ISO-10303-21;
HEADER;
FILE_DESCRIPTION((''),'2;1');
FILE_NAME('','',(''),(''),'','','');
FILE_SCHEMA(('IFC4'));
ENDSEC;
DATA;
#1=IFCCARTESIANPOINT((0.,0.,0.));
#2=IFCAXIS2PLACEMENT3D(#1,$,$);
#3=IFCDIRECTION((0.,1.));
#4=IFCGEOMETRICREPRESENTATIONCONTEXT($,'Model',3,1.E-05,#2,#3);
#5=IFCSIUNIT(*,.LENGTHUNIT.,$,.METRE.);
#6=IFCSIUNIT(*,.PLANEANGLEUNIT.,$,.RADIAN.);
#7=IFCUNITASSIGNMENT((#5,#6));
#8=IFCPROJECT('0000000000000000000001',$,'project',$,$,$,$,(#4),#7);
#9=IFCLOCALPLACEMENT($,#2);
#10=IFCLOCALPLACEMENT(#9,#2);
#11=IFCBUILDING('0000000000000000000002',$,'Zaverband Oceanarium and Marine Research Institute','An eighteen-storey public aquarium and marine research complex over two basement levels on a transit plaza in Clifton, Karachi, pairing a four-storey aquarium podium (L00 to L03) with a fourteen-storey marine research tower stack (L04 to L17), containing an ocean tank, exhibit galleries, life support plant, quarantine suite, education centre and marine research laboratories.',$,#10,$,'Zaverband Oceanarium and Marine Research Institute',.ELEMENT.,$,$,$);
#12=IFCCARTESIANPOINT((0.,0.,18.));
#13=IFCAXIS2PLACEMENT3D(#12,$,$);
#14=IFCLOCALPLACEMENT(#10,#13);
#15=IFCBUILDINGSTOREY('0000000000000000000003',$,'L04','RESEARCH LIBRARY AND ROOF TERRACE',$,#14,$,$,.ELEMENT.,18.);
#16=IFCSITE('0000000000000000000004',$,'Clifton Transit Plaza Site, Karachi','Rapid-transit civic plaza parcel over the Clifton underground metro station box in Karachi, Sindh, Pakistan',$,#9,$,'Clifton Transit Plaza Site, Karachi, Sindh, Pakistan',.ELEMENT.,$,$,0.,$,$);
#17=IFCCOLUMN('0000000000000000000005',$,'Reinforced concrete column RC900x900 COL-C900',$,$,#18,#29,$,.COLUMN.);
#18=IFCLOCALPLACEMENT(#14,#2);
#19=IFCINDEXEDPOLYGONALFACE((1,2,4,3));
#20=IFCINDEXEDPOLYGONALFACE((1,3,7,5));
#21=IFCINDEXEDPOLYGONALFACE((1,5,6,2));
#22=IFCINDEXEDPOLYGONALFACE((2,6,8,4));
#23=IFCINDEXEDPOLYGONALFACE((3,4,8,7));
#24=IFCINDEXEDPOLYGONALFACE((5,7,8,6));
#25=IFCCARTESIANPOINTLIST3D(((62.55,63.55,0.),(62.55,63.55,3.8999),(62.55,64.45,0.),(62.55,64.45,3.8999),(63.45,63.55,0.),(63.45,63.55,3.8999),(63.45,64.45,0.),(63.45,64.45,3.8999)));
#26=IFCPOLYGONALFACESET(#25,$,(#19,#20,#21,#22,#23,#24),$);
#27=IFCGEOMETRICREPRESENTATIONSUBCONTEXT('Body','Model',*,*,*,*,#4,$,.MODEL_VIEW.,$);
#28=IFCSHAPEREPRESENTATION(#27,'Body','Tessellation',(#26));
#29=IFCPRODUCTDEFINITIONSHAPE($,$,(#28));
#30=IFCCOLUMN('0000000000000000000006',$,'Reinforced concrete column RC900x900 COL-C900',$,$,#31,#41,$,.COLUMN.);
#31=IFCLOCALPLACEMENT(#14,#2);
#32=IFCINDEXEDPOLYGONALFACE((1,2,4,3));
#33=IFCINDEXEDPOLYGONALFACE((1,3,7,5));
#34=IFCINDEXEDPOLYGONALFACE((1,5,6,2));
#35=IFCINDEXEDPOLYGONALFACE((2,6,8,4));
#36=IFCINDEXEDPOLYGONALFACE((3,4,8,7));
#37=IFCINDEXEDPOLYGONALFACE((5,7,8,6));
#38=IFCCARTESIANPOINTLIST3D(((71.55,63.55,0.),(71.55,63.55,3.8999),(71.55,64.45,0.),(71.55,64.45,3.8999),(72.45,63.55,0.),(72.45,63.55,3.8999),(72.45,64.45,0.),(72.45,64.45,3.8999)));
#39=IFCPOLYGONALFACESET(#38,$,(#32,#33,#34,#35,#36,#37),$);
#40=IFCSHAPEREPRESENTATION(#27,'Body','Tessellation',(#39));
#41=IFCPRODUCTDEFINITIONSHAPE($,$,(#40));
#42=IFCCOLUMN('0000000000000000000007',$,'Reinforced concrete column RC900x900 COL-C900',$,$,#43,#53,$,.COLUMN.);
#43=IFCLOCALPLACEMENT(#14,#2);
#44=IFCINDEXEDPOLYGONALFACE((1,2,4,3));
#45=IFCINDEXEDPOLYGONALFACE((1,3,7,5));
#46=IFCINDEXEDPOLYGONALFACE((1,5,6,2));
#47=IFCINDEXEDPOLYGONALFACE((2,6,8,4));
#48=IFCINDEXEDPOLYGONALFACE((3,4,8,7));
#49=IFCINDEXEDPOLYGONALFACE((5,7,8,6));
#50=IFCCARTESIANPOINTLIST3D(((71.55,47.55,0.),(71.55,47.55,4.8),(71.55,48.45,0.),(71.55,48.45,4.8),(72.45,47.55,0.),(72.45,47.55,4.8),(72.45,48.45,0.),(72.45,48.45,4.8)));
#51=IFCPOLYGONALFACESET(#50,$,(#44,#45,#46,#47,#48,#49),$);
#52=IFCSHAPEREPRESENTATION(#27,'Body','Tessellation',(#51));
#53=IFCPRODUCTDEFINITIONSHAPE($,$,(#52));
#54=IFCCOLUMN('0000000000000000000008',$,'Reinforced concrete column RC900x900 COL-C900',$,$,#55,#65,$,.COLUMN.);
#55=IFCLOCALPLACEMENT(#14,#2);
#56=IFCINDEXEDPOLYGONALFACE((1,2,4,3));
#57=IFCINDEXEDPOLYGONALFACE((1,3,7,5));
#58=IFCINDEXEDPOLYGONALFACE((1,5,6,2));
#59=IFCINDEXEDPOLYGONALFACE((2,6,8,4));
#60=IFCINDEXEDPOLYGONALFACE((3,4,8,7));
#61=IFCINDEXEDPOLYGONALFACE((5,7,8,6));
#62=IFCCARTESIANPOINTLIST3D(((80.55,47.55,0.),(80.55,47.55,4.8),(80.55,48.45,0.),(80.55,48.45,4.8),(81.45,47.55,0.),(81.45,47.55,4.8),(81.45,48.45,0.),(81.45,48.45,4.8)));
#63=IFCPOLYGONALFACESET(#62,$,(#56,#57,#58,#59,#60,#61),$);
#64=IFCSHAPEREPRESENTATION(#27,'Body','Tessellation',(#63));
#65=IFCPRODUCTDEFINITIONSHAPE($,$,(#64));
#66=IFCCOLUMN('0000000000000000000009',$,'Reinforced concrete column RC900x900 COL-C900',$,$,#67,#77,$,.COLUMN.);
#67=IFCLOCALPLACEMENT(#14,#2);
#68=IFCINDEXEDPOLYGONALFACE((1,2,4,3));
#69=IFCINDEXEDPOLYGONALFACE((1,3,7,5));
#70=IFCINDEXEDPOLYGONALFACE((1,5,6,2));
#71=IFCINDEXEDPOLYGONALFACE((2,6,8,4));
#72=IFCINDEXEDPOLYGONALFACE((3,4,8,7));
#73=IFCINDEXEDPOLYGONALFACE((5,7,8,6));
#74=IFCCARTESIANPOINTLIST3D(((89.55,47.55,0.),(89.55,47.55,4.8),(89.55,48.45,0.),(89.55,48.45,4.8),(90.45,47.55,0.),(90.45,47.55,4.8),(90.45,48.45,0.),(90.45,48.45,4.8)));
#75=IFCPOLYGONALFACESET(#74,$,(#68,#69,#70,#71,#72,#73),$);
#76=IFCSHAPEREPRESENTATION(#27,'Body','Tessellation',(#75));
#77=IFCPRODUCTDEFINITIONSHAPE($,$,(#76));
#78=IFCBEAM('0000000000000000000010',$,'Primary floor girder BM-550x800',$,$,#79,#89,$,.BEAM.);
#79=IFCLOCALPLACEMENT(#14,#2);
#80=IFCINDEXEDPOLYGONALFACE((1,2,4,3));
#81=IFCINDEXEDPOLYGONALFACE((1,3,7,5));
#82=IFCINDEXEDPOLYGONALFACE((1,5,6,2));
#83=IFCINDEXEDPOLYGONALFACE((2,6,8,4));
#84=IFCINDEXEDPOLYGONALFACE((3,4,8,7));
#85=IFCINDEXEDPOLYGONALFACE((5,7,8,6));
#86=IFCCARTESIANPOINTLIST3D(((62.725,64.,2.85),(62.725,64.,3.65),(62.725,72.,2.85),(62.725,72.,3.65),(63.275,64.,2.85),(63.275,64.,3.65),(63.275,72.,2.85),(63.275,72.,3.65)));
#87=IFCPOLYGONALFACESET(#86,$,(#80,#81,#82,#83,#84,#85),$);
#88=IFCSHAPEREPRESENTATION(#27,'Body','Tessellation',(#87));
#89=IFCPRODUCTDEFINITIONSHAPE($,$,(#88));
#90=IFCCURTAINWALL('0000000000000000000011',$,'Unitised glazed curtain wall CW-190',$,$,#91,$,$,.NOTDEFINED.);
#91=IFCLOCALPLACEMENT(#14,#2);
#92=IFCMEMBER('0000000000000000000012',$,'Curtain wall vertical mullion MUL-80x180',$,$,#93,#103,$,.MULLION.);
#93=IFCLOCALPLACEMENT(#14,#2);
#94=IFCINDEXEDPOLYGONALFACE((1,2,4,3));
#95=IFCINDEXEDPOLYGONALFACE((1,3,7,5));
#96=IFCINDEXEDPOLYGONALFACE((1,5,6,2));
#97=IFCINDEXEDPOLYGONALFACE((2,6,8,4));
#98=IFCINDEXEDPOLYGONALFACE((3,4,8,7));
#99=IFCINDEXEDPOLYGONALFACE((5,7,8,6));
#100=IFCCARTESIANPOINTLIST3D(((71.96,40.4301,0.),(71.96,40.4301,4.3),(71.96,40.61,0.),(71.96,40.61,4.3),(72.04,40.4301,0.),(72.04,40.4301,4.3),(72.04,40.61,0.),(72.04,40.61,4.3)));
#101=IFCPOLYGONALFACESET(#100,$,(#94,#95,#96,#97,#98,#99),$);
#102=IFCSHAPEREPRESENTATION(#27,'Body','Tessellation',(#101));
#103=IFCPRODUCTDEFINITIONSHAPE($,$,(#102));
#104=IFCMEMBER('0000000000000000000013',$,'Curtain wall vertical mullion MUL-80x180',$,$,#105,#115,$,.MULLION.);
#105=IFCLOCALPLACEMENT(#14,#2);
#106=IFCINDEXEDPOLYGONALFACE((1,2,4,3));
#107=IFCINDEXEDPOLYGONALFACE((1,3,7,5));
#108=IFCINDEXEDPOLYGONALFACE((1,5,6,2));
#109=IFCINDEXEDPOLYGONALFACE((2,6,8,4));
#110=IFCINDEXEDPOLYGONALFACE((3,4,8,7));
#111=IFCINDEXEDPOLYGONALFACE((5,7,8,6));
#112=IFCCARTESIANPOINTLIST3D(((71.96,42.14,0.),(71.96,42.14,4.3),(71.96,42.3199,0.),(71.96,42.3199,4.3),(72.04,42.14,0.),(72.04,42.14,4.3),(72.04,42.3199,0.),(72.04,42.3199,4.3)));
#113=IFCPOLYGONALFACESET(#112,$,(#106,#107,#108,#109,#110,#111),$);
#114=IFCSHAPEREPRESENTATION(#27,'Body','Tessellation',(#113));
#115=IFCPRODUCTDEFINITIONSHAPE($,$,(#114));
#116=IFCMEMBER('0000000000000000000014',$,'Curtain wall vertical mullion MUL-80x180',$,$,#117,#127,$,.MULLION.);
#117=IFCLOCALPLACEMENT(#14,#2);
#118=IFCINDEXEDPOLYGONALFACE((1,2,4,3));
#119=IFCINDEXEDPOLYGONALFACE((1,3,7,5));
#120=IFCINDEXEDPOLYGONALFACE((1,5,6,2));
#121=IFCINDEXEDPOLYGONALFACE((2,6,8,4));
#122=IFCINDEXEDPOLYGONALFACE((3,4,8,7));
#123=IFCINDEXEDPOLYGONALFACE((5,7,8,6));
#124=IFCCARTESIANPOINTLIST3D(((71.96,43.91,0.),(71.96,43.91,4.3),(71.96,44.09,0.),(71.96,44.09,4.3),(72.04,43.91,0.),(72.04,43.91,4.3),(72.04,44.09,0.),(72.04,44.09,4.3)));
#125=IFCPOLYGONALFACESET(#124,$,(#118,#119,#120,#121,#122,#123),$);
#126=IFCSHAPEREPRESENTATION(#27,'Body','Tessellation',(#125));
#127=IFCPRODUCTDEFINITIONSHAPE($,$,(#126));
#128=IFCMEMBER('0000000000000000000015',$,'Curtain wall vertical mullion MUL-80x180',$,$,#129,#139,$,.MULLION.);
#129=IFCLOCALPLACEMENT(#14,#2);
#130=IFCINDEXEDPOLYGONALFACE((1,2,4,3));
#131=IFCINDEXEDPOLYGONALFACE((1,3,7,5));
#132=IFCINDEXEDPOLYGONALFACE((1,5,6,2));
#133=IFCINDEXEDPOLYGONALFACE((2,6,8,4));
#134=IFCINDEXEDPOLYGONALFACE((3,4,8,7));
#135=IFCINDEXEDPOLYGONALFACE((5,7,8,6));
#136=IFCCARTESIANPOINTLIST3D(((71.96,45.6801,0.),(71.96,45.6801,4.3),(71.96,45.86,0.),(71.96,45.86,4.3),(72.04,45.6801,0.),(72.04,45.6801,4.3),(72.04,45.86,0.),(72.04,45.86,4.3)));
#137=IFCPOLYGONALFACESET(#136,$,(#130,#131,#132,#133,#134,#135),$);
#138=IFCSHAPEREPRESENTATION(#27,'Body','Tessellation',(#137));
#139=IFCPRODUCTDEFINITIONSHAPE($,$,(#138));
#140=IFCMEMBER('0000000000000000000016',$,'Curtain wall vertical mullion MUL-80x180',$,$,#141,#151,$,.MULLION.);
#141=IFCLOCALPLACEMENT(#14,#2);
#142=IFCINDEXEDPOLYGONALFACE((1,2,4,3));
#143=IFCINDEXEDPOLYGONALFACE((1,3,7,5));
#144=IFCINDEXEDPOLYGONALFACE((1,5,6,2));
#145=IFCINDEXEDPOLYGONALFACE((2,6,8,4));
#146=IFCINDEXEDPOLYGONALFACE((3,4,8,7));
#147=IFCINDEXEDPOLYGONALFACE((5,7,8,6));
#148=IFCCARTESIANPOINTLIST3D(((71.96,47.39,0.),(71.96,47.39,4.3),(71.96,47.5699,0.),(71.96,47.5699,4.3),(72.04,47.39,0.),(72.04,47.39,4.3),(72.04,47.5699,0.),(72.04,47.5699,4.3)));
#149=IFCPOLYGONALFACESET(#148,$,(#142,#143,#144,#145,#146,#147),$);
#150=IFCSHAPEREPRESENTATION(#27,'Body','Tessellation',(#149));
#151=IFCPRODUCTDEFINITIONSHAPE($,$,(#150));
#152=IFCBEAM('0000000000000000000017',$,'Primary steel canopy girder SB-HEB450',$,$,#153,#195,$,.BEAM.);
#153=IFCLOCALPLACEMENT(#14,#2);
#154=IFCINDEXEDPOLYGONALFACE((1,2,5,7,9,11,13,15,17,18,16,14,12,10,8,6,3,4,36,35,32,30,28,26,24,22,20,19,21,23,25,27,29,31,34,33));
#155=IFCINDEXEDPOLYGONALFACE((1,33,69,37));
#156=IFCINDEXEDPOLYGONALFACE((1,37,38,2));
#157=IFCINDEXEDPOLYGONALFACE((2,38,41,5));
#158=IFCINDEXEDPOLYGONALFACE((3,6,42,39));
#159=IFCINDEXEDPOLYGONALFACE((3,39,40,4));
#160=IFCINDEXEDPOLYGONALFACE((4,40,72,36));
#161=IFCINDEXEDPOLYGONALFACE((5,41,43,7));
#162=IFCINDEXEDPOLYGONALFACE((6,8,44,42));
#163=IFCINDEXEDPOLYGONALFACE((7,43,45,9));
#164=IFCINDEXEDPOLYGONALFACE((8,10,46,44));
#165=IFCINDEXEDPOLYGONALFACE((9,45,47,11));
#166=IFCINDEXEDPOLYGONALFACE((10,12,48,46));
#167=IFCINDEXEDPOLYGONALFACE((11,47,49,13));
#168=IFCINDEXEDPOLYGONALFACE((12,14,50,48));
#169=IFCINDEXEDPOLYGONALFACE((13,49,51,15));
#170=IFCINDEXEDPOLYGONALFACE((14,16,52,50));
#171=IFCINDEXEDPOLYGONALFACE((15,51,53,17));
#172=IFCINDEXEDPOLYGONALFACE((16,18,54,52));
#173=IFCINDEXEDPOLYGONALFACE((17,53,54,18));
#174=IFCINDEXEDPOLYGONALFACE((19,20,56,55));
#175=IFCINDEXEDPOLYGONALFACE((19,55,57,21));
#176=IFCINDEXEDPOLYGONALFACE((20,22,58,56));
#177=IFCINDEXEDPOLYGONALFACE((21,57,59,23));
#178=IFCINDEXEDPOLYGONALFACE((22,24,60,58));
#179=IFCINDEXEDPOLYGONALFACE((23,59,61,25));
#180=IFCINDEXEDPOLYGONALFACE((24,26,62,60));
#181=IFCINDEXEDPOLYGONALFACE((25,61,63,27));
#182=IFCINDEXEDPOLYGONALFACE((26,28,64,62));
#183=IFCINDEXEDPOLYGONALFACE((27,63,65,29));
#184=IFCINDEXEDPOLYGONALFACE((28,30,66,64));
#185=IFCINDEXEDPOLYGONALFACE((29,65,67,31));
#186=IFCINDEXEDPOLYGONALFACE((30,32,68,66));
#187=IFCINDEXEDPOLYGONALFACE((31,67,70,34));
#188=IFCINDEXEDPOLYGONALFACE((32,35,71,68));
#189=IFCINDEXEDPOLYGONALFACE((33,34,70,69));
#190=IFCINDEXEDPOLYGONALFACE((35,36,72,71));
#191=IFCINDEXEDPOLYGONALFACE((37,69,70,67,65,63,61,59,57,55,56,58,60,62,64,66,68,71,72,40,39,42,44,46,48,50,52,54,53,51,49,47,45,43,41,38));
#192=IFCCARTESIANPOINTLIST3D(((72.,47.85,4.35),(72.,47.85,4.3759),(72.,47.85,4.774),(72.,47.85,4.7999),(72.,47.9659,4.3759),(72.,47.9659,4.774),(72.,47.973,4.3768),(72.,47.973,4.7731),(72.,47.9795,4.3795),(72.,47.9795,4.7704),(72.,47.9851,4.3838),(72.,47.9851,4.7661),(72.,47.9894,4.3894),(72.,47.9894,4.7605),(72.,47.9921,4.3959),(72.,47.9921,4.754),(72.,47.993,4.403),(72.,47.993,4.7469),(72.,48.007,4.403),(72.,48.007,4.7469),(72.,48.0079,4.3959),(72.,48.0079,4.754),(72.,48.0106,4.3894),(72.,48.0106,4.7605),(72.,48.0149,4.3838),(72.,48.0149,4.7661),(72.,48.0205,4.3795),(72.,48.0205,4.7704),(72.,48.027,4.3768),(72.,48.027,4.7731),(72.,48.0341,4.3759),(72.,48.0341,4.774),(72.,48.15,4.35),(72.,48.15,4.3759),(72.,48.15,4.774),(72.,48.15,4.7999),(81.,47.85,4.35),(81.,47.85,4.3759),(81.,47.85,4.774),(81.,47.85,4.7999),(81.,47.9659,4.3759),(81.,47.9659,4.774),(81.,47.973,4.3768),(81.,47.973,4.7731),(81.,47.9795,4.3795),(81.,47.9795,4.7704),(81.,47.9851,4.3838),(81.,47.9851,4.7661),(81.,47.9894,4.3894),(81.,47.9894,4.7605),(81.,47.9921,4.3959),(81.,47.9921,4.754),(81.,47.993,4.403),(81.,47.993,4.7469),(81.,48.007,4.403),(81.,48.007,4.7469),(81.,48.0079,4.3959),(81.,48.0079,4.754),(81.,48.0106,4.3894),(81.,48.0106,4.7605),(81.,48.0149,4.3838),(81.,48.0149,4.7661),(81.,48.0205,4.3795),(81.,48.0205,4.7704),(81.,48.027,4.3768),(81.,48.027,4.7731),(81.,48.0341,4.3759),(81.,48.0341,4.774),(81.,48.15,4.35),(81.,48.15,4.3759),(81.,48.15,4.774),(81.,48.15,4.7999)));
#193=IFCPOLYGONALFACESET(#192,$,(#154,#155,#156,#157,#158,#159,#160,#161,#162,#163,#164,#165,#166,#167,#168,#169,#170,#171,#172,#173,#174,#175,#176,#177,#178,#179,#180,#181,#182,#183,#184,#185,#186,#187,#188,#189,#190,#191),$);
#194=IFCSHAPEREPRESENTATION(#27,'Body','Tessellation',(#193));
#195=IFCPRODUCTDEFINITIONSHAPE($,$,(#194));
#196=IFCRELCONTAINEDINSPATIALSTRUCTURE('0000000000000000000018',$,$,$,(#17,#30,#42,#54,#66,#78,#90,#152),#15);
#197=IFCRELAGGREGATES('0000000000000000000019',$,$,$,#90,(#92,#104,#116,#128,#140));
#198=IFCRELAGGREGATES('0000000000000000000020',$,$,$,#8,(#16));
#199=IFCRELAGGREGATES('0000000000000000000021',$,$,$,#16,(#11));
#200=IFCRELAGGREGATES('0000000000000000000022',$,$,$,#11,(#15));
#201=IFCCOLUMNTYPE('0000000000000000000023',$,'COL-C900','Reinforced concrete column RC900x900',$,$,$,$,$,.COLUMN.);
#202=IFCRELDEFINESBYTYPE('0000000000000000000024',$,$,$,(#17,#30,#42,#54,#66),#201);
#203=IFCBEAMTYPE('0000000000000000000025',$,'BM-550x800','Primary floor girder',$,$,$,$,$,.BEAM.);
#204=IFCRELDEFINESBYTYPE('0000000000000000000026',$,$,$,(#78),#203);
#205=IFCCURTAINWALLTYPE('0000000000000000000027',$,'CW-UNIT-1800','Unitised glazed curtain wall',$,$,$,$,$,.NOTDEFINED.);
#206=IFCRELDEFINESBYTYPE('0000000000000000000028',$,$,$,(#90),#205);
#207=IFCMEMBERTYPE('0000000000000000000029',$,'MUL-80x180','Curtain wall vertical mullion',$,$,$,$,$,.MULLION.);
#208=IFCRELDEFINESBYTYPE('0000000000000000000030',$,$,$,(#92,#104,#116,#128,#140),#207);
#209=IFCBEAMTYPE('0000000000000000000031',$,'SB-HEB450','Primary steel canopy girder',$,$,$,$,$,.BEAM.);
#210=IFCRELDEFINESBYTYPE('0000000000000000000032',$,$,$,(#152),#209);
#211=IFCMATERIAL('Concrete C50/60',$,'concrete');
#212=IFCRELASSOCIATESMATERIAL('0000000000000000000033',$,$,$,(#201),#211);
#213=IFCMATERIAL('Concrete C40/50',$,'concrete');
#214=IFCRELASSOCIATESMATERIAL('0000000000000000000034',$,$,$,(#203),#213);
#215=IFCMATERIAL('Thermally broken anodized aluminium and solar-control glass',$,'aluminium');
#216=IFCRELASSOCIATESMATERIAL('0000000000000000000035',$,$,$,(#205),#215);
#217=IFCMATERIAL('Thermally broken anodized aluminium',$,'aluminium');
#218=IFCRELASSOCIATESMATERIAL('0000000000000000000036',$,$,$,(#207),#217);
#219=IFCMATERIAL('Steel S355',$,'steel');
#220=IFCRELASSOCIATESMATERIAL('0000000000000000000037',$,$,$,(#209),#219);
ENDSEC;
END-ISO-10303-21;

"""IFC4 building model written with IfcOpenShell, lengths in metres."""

from ifc_helpers import new_model, si_unit, direction, frame, origin, origin_2d, place, context, subcontext, project, spatial, rectangle, i_section, extrude, material, material_profile, profile_set, type_object, element, aggregate, save


model = new_model("IFC4")

# Units and contexts
model_context = context("Model", 3, precision=1e-05, world=origin(), true_north=direction((0.0, 1.0)))
body_context = subcontext(model_context, "Body", "Model", "MODEL_VIEW")
ifc_project = project(units=[si_unit("LENGTHUNIT", "METRE"), si_unit("PLANEANGLEUNIT", "RADIAN")], contexts=[model_context])

# Site, building, storey
site_placement = place(None, origin())
site = spatial("IfcSite", under=ifc_project, at=site_placement, Name="Clifton Transit Plaza Site, Karachi", Description="Rapid-transit civic plaza parcel over the Clifton underground metro station box in Karachi, Sindh, Pakistan", LongName="Clifton Transit Plaza Site, Karachi, Sindh, Pakistan", CompositionType="ELEMENT", RefElevation=0.0)
building_placement = place(site_placement, origin())
building = spatial("IfcBuilding", under=site, at=building_placement, Name="Zaverband Oceanarium and Marine Research Institute", Description="An eighteen-storey public aquarium and marine research complex over two basement levels on a transit plaza in Clifton, Karachi, pairing a four-storey aquarium podium (L00 to L03) with a fourteen-storey marine research tower stack (L04 to L17), containing an ocean tank, exhibit galleries, life support plant, quarantine suite, education centre and marine research laboratories.", LongName="Zaverband Oceanarium and Marine Research Institute", CompositionType="ELEMENT")
storey_placement = place(building_placement, frame((0.0, 0.0, 18.0)))
storey = spatial("IfcBuildingStorey", under=building, at=storey_placement, Name="L04", Description="RESEARCH LIBRARY AND ROOF TERRACE", CompositionType="ELEMENT", Elevation=18.0)

# Columns
ifc_material_1 = material(Name="Concrete C50/60", Category="concrete")
ifc_material_profile_1 = material_profile(ifc_material_1, rectangle(XDim=0.8999, YDim=0.8999, at=origin_2d()), Name="RC900x900")
ifc_profile_set_1 = profile_set([ifc_material_profile_1], Name="Concrete C50/60")
column_type = type_object("IfcColumnType", Name="COL-C900", Description="Reinforced concrete column RC900x900", PredefinedType="COLUMN", material=ifc_profile_set_1)
for number, where, z_axis, x_axis, name in (
    (1, (63.0, 64.0, 0.0), (0.0, 0.0, 1.0), (1.0, 0.0, 0.0), "Reinforced concrete column RC900x900 COL-C900"),
    (2, (72.0, 64.0, 0.0), (0.0, 0.0, 1.0), (1.0, 0.0, 0.0), "Reinforced concrete column RC900x900 COL-C900"),
):
    element("IfcColumn", number, at=place(storey_placement, frame(where, z_axis=z_axis, x_axis=x_axis)), inside=storey, type_object=column_type, Name=name, PredefinedType="COLUMN", context=body_context, shape_type="SweptSolid", body=[
        extrude(rectangle(XDim=0.8999, YDim=0.8999, at=origin_2d()), origin(), (0.0, 0.0, 1.0), 3.8999),
    ])
for number, where, z_axis, x_axis, name in (
    (3, (72.0, 48.0, 0.0), (0.0, 0.0, 1.0), (1.0, 0.0, 0.0), "Reinforced concrete column RC900x900 COL-C900"),
    (4, (81.0, 48.0, 0.0), (0.0, 0.0, 1.0), (1.0, 0.0, 0.0), "Reinforced concrete column RC900x900 COL-C900"),
    (5, (90.0, 48.0, 0.0), (0.0, 0.0, 1.0), (1.0, 0.0, 0.0), "Reinforced concrete column RC900x900 COL-C900"),
):
    element("IfcColumn", number, at=place(storey_placement, frame(where, z_axis=z_axis, x_axis=x_axis)), inside=storey, type_object=column_type, Name=name, PredefinedType="COLUMN", context=body_context, shape_type="SweptSolid", body=[
        extrude(rectangle(XDim=0.8999, YDim=0.8999, at=origin_2d()), origin(), (0.0, 0.0, 1.0), 4.8),
    ])

# Beam
ifc_material_2 = material(Name="Concrete C40/50", Category="concrete")
ifc_material_profile_2 = material_profile(ifc_material_2, rectangle(XDim=0.55, YDim=0.8, at=origin_2d()), Name="RC550x800")
ifc_profile_set_2 = profile_set([ifc_material_profile_2], Name="Concrete C40/50")
beam_type_1 = type_object("IfcBeamType", Name="BM-550x800", Description="Primary floor girder", PredefinedType="BEAM", material=ifc_profile_set_2)
beam_1_placement = place(storey_placement, frame((63.0, 64.0, 3.25), z_axis=(0.0, 1.0, 0.0), x_axis=(-1.0, 0.0, 0.0)))
element("IfcBeam", 6, at=beam_1_placement, inside=storey, type_object=beam_type_1, Name="Primary floor girder BM-550x800", PredefinedType="BEAM", context=body_context, shape_type="SweptSolid", body=[
    extrude(rectangle(XDim=0.55, YDim=0.8, at=origin_2d()), origin(), (0.0, 0.0, 1.0), 8.0),
])

# Curtain wall, members
ifc_material_3 = material(Name="Thermally broken anodized aluminium and solar-control glass", Category="aluminium")
curtain_wall_type = type_object("IfcCurtainWallType", Name="CW-UNIT-1800", Description="Unitised glazed curtain wall", PredefinedType="NOTDEFINED", material=ifc_material_3)
curtain_wall_placement = place(storey_placement, origin())
curtain_wall = element("IfcCurtainWall", 7, at=curtain_wall_placement, inside=storey, type_object=curtain_wall_type, Name="Unitised glazed curtain wall CW-190", PredefinedType="NOTDEFINED")
ifc_material_4 = material(Name="Thermally broken anodized aluminium", Category="aluminium")
ifc_material_profile_3 = material_profile(ifc_material_4, rectangle(XDim=0.0801, YDim=0.1799, at=origin_2d()), Name="AL-MUL-80x180")
ifc_profile_set_3 = profile_set([ifc_material_profile_3], Name="Thermally broken anodized aluminium")
member_type_1 = type_object("IfcMemberType", Name="MUL-80x180", Description="Curtain wall vertical mullion", PredefinedType="MULLION", material=ifc_profile_set_3)
member_1_placement = place(storey_placement, frame((72.0, 40.52, 0.0), z_axis=(0.0, 0.0, 1.0), x_axis=(1.0, 0.0, 0.0)))
member_1 = element("IfcMember", 8, at=member_1_placement, type_object=member_type_1, Name="Curtain wall vertical mullion MUL-80x180", PredefinedType="MULLION", context=body_context, shape_type="SweptSolid", body=[
    extrude(rectangle(XDim=0.0801, YDim=0.1799, at=origin_2d()), origin(), (0.0, 0.0, 1.0), 4.3),
])
member_2_placement = place(storey_placement, frame((72.0, 42.23, 0.0), z_axis=(0.0, 0.0, 1.0), x_axis=(1.0, 0.0, 0.0)))
member_2 = element("IfcMember", 9, at=member_2_placement, type_object=member_type_1, Name="Curtain wall vertical mullion MUL-80x180", PredefinedType="MULLION", context=body_context, shape_type="SweptSolid", body=[
    extrude(rectangle(XDim=0.0801, YDim=0.1799, at=origin_2d()), origin(), (0.0, 0.0, 1.0), 4.3),
])
member_3_placement = place(storey_placement, frame((72.0, 44.0, 0.0), z_axis=(0.0, 0.0, 1.0), x_axis=(1.0, 0.0, 0.0)))
member_3 = element("IfcMember", 10, at=member_3_placement, type_object=member_type_1, Name="Curtain wall vertical mullion MUL-80x180", PredefinedType="MULLION", context=body_context, shape_type="SweptSolid", body=[
    extrude(rectangle(XDim=0.0801, YDim=0.1799, at=origin_2d()), origin(), (0.0, 0.0, 1.0), 4.3),
])
member_4_placement = place(storey_placement, frame((72.0, 45.77, 0.0), z_axis=(0.0, 0.0, 1.0), x_axis=(1.0, 0.0, 0.0)))
member_4 = element("IfcMember", 11, at=member_4_placement, type_object=member_type_1, Name="Curtain wall vertical mullion MUL-80x180", PredefinedType="MULLION", context=body_context, shape_type="SweptSolid", body=[
    extrude(rectangle(XDim=0.0801, YDim=0.1799, at=origin_2d()), origin(), (0.0, 0.0, 1.0), 4.3),
])
member_5_placement = place(storey_placement, frame((72.0, 47.48, 0.0), z_axis=(0.0, 0.0, 1.0), x_axis=(1.0, 0.0, 0.0)))
member_5 = element("IfcMember", 12, at=member_5_placement, type_object=member_type_1, Name="Curtain wall vertical mullion MUL-80x180", PredefinedType="MULLION", context=body_context, shape_type="SweptSolid", body=[
    extrude(rectangle(XDim=0.0801, YDim=0.1799, at=origin_2d()), origin(), (0.0, 0.0, 1.0), 4.3),
])

# Beam
ifc_material_5 = material(Name="Steel S355", Category="steel")
ifc_material_profile_4 = material_profile(ifc_material_5, i_section(OverallWidth=0.3, OverallDepth=0.45, WebThickness=0.0139, FlangeThickness=0.0259, FilletRadius=0.0271, at=origin_2d()), Name="HEB450")
ifc_profile_set_4 = profile_set([ifc_material_profile_4], Name="Steel S355")
beam_type_2 = type_object("IfcBeamType", Name="SB-HEB450", Description="Primary steel canopy girder", PredefinedType="BEAM", material=ifc_profile_set_4)
for number, where, z_axis, x_axis, name in (
    (13, (72.0, 48.0, 4.575), (1.0, 0.0, 0.0), (0.0, 1.0, 0.0), "Primary steel canopy girder SB-HEB450"),
):
    element("IfcBeam", number, at=place(storey_placement, frame(where, z_axis=z_axis, x_axis=x_axis)), inside=storey, type_object=beam_type_2, Name=name, PredefinedType="BEAM", context=body_context, shape_type="SweptSolid", body=[
        extrude(i_section(OverallWidth=0.3, OverallDepth=0.45, WebThickness=0.0139, FlangeThickness=0.0259, FilletRadius=0.0271, at=origin_2d()), origin(), (0.0, 0.0, 1.0), 9.0),
    ])

aggregate(curtain_wall, [member_1, member_2, member_3, member_4, member_5])

save(model, "model.ifc")
